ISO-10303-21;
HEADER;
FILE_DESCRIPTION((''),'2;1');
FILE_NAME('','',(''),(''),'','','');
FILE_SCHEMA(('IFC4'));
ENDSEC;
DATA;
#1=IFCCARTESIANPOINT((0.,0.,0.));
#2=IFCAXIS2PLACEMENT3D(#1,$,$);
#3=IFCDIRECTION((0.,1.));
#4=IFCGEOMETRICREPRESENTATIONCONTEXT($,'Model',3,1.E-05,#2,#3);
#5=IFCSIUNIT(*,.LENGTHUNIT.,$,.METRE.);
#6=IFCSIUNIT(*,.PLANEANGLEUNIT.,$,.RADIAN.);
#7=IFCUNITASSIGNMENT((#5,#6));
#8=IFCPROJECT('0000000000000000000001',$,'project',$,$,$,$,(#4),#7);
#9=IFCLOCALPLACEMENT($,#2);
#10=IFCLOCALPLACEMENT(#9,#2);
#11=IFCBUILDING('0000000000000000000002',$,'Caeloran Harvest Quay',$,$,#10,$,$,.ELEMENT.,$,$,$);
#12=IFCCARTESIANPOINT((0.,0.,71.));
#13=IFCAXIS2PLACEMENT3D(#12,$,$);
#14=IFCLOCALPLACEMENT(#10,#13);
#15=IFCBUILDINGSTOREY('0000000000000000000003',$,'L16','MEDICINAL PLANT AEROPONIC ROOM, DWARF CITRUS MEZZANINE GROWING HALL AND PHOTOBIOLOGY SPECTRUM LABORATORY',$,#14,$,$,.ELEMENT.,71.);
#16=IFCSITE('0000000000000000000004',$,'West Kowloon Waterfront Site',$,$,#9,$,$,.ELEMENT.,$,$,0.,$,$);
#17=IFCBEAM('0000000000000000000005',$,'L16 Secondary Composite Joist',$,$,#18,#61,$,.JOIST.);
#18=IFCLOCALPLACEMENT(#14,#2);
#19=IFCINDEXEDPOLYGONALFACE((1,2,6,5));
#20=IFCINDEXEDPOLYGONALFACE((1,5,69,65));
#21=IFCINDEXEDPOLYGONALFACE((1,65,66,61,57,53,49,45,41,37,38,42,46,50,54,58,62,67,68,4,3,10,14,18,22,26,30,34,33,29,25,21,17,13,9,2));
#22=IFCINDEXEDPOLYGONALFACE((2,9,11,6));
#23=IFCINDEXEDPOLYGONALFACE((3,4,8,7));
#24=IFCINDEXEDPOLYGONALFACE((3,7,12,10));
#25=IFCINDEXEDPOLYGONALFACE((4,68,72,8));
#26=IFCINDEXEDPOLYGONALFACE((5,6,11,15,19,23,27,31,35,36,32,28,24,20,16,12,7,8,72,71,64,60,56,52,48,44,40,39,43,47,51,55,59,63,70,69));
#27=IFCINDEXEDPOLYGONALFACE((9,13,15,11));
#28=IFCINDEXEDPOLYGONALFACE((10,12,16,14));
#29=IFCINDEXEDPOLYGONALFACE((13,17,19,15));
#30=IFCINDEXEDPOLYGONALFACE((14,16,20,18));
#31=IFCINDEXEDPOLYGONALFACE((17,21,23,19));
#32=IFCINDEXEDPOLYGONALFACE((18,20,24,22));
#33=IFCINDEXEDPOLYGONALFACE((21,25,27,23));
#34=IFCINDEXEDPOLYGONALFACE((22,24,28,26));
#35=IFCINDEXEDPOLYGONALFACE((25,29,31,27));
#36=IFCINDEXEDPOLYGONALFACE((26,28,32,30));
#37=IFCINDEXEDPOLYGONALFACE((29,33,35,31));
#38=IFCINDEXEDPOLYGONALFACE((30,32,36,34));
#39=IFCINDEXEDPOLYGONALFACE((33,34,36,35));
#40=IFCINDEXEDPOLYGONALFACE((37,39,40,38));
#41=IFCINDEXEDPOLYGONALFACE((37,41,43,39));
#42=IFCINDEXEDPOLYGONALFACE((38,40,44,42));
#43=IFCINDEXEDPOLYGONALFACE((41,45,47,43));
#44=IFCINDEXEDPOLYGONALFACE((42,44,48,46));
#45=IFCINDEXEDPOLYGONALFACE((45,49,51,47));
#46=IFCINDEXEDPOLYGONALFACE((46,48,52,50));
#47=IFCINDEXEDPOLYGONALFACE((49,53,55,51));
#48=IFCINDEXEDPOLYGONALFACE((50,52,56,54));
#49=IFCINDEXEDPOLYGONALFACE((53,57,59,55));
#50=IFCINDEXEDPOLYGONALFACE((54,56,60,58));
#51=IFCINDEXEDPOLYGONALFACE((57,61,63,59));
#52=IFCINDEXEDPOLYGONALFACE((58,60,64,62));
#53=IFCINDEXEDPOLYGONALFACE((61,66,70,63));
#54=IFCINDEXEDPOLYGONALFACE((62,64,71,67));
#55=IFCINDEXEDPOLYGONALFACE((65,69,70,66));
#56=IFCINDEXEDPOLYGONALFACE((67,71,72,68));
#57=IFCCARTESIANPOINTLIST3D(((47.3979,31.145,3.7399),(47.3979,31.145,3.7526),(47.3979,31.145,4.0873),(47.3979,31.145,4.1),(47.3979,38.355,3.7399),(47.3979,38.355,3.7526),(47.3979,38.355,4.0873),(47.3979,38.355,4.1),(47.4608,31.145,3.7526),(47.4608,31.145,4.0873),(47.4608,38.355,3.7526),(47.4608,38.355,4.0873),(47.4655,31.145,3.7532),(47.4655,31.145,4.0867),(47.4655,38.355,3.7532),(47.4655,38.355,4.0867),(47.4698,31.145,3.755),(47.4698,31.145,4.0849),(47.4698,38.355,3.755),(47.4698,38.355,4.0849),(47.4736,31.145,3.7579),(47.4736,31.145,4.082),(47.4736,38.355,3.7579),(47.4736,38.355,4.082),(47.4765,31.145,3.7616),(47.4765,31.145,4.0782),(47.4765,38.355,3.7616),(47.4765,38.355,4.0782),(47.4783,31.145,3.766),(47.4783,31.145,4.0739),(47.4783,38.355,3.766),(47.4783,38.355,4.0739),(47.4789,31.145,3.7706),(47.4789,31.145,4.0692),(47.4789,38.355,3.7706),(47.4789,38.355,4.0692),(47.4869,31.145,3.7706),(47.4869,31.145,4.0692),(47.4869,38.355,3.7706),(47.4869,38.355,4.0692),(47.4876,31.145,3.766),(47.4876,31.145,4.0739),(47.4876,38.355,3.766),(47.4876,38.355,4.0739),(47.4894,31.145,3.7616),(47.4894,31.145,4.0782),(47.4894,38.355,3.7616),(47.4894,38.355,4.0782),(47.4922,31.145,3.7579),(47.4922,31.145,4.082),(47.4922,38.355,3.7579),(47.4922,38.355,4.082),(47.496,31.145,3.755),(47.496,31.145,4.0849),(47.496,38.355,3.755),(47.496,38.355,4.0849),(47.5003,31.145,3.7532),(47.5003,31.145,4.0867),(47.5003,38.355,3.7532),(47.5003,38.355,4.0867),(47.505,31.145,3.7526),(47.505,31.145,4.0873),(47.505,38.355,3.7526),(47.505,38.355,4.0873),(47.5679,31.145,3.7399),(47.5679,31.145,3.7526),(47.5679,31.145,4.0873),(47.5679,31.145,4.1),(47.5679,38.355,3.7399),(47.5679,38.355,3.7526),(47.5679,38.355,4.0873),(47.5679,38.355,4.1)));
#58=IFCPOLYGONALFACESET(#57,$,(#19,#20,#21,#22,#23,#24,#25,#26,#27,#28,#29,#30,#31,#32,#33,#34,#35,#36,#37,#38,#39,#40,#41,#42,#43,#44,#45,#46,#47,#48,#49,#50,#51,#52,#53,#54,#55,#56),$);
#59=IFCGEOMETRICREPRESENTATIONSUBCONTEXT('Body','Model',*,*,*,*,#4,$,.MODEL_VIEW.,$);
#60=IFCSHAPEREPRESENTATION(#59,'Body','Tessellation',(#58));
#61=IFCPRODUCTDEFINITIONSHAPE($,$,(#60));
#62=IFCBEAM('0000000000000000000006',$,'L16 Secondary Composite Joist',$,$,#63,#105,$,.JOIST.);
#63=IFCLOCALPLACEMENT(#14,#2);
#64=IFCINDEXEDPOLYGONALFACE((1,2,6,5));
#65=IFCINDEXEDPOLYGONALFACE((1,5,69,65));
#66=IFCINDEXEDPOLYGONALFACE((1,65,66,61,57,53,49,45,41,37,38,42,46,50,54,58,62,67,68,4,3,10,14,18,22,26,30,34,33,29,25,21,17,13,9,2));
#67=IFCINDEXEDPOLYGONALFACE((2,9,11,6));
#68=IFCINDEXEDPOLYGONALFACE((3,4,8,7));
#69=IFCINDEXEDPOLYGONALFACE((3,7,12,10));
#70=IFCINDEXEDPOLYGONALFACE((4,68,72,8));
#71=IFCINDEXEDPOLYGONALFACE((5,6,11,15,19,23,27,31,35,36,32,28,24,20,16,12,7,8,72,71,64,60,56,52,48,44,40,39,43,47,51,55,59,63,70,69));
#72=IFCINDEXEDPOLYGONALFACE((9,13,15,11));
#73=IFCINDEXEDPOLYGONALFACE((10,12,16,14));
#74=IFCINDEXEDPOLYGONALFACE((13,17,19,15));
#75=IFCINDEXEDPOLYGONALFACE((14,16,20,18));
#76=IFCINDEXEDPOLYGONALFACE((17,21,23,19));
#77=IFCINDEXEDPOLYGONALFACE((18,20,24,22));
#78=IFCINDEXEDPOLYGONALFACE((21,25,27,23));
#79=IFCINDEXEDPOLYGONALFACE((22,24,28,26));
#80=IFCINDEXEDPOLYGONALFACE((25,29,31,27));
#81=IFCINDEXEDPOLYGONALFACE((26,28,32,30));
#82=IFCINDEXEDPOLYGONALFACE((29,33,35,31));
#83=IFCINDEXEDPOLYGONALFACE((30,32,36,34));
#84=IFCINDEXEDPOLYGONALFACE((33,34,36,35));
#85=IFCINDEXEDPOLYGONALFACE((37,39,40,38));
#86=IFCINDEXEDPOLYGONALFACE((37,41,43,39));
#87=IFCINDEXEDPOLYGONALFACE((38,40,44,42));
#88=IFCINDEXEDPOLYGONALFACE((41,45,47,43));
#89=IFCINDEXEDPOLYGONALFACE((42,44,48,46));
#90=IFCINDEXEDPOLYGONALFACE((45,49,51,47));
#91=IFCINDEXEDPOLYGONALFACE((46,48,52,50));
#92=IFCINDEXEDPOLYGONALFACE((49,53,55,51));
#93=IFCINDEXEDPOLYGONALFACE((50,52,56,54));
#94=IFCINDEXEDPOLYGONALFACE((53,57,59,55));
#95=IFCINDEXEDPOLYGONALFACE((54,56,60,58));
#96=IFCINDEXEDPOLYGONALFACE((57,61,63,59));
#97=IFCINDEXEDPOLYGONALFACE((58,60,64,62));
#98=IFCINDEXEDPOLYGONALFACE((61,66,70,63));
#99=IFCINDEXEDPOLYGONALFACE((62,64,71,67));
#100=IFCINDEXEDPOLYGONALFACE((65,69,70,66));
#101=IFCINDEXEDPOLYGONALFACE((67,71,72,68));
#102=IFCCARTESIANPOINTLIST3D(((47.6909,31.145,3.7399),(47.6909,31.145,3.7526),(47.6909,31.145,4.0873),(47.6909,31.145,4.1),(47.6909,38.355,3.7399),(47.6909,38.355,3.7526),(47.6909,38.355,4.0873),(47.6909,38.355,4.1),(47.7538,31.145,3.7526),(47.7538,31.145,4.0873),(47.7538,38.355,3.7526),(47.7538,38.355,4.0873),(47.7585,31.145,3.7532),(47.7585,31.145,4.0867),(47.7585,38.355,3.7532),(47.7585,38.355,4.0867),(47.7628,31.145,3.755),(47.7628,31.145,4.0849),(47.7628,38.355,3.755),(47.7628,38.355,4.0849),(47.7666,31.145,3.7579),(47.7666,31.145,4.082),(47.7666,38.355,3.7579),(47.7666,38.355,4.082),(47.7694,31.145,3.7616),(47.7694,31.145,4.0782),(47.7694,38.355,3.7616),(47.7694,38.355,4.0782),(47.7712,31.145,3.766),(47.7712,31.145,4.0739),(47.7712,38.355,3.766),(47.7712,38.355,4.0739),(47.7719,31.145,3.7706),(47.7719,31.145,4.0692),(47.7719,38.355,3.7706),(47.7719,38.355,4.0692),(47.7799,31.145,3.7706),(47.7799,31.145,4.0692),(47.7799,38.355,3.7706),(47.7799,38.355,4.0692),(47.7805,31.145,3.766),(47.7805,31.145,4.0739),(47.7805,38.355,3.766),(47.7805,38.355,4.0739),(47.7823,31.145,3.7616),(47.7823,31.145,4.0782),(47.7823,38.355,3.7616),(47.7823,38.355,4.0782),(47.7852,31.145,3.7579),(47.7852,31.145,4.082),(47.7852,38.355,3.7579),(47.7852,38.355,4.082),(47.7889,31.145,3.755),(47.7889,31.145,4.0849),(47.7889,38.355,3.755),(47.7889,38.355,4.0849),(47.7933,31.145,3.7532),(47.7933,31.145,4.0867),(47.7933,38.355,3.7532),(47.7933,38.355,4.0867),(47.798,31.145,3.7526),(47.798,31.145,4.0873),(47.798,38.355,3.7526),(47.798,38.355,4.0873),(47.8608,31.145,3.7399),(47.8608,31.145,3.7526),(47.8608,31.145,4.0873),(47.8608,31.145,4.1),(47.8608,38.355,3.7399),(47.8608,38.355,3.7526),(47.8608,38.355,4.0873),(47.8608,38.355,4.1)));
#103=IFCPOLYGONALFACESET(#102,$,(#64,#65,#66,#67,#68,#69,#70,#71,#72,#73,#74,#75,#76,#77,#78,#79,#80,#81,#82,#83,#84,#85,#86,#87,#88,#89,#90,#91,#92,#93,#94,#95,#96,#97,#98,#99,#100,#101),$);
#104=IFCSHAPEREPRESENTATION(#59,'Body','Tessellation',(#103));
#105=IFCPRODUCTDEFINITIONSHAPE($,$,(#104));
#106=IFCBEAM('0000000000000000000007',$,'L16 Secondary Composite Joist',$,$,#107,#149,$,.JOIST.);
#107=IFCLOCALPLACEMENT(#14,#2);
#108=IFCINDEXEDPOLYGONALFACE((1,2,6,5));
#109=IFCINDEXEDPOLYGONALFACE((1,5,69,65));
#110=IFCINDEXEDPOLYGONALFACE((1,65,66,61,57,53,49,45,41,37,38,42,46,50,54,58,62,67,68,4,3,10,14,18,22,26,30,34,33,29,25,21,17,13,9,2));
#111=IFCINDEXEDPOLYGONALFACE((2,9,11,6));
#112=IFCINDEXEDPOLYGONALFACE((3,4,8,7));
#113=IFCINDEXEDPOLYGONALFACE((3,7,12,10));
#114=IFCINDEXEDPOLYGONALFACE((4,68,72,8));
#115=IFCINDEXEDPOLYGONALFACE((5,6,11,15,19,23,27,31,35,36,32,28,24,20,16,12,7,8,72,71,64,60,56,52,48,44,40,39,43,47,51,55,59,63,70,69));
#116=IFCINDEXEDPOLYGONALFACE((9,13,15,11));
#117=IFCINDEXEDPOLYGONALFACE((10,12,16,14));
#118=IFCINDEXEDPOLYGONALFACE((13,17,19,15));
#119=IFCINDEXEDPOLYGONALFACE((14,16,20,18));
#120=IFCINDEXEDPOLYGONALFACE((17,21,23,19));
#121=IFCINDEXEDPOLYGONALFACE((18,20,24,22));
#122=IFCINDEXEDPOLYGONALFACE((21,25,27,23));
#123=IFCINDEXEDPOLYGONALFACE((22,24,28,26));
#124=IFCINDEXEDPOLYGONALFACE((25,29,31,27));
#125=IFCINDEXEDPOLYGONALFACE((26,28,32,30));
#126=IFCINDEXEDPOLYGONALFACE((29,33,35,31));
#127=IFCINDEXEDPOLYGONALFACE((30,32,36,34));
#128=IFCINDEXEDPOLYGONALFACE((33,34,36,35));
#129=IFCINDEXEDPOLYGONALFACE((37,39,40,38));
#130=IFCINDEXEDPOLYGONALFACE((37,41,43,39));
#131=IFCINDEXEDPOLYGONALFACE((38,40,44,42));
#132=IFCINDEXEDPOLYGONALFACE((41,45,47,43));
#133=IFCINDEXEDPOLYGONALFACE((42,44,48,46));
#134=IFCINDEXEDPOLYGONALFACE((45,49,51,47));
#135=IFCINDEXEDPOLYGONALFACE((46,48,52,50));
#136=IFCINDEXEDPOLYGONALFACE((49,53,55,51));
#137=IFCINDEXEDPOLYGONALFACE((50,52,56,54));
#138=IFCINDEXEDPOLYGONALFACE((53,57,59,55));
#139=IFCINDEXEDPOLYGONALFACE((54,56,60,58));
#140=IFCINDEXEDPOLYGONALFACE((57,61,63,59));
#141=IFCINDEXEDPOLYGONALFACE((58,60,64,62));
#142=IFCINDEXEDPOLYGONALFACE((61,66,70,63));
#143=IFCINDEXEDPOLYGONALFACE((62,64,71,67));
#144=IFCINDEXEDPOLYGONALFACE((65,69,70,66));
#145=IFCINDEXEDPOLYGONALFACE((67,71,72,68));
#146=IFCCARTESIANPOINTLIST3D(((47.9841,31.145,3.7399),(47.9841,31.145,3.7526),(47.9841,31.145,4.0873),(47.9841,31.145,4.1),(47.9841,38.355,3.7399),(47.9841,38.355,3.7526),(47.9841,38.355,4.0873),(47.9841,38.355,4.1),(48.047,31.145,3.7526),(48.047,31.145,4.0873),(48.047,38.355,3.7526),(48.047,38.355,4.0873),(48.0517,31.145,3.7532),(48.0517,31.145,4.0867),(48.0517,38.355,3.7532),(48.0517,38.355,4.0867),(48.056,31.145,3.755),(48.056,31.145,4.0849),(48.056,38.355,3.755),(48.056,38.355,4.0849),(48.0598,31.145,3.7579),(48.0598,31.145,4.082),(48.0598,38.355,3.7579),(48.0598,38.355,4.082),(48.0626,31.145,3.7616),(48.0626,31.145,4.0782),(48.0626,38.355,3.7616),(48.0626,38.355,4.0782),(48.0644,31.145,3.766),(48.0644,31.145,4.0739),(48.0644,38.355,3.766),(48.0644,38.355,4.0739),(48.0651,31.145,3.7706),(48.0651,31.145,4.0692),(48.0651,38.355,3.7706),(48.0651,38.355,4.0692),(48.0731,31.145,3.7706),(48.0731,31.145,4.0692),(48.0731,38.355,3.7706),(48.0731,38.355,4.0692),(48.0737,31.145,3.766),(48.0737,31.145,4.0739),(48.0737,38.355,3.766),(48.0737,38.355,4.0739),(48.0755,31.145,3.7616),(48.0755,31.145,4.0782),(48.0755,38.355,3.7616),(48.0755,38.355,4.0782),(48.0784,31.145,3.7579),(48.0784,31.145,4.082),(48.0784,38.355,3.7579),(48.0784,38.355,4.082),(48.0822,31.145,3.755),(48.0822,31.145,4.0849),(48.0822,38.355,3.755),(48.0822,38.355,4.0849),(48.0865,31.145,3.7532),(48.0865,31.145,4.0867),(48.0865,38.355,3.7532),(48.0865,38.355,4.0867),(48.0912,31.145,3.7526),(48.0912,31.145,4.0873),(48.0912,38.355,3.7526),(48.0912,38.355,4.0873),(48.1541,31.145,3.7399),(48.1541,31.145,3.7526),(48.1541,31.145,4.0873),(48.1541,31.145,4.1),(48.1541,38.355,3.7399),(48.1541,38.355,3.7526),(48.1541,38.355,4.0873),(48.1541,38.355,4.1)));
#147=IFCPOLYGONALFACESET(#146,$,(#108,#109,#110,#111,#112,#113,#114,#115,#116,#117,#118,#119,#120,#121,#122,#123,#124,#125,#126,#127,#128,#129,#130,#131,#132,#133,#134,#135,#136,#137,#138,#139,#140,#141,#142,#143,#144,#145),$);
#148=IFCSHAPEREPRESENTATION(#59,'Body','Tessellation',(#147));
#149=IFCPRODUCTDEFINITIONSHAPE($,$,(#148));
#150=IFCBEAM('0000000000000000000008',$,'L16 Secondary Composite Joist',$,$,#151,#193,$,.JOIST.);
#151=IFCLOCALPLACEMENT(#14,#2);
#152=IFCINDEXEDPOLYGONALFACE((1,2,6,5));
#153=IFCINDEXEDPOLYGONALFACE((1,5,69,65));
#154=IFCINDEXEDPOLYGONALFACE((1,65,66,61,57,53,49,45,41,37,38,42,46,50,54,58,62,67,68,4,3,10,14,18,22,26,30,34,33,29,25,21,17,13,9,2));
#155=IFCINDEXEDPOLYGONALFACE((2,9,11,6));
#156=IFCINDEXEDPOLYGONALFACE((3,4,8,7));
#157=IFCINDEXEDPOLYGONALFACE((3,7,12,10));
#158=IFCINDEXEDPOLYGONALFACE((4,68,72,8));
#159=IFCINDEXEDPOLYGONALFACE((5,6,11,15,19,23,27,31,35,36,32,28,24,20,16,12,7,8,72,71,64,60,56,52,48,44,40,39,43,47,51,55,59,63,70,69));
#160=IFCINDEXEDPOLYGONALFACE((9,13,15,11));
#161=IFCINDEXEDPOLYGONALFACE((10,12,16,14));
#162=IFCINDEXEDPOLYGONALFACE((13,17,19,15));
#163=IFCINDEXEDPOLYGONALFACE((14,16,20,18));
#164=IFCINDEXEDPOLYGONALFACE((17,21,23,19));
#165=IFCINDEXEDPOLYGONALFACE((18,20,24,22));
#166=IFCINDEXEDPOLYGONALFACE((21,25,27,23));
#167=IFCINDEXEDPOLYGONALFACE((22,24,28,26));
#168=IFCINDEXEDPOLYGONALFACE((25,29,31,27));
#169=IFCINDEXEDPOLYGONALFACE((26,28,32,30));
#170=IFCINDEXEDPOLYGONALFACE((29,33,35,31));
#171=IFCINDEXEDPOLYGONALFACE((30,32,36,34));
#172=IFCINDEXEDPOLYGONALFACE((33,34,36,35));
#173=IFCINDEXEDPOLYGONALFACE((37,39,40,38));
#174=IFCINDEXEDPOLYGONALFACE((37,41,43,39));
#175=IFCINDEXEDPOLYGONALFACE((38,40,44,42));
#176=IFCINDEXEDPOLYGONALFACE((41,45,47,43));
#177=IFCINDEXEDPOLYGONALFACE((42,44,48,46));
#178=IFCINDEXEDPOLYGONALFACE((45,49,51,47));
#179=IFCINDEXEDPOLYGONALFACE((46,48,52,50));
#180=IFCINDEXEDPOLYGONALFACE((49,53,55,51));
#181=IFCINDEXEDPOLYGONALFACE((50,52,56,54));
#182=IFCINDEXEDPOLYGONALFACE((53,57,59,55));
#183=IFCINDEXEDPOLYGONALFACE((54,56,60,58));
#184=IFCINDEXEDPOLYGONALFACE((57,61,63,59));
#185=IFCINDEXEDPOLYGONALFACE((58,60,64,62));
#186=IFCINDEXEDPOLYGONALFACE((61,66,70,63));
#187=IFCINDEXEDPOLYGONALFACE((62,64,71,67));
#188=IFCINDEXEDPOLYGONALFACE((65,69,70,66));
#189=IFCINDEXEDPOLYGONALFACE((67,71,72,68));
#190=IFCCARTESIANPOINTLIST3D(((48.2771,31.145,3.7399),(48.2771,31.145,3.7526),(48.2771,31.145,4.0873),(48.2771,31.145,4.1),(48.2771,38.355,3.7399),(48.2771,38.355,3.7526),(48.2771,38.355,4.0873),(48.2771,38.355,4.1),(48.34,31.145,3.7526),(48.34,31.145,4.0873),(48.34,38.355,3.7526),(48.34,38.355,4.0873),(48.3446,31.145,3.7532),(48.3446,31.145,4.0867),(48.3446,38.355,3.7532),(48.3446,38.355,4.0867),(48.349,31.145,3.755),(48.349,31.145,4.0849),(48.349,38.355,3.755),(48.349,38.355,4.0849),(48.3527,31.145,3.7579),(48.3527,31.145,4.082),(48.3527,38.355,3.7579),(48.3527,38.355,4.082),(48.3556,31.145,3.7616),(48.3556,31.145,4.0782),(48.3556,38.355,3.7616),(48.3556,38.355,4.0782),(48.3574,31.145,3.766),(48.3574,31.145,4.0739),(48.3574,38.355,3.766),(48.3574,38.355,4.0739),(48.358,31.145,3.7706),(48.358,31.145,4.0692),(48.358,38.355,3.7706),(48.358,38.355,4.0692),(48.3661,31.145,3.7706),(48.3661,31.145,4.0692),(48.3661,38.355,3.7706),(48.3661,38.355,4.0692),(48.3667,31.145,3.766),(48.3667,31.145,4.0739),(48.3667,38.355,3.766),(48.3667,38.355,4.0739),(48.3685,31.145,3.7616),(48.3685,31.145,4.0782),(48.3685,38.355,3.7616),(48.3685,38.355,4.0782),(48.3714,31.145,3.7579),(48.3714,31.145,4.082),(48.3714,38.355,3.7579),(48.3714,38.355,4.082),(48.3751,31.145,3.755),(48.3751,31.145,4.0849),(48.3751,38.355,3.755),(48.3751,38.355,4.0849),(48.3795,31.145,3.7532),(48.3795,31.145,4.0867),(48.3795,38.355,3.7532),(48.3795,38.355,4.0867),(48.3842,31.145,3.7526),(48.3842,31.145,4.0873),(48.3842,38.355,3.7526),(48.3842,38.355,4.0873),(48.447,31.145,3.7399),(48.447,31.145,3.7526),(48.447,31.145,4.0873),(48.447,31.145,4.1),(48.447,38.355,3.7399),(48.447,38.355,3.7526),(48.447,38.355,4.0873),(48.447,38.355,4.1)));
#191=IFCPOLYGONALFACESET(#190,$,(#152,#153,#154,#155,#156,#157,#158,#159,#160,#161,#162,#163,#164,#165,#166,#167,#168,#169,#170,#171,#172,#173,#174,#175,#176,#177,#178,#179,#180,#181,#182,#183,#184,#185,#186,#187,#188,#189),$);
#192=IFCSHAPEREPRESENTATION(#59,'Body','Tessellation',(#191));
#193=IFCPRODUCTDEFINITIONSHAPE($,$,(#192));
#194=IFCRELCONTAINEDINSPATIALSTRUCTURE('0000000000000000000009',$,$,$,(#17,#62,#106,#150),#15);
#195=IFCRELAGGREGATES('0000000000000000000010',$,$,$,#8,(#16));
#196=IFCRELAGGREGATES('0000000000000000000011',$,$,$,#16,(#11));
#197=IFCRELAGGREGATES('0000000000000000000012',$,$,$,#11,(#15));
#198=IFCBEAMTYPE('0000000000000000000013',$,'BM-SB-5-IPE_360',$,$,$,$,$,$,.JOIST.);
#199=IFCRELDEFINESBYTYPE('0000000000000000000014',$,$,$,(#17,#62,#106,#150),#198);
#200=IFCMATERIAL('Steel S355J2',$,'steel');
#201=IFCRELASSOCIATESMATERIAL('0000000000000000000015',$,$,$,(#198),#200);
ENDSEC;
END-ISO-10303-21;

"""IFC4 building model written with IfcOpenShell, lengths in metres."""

from ifc_helpers import new_model, si_unit, direction, frame, origin, origin_2d, place, context, subcontext, project, spatial, i_section, extrude, material, material_profile, profile_set, type_object, element, save


model = new_model("IFC4")

# Units and contexts
model_context = context("Model", 3, precision=1e-05, world=origin(), true_north=direction((0.0, 1.0)))
body_context = subcontext(model_context, "Body", "Model", "MODEL_VIEW")
ifc_project = project(units=[si_unit("LENGTHUNIT", "METRE"), si_unit("PLANEANGLEUNIT", "RADIAN")], contexts=[model_context])

# Site, building, storey
site_placement = place(None, origin())
site = spatial("IfcSite", under=ifc_project, at=site_placement, Name="West Kowloon Waterfront Site", CompositionType="ELEMENT", RefElevation=0.0)
building_placement = place(site_placement, origin())
building = spatial("IfcBuilding", under=site, at=building_placement, Name="Caeloran Harvest Quay", CompositionType="ELEMENT")
storey_placement = place(building_placement, frame((0.0, 0.0, 71.0)))
storey = spatial("IfcBuildingStorey", under=building, at=storey_placement, Name="L16", Description="MEDICINAL PLANT AEROPONIC ROOM, DWARF CITRUS MEZZANINE GROWING HALL AND PHOTOBIOLOGY SPECTRUM LABORATORY", CompositionType="ELEMENT", Elevation=71.0)

# Beams
ifc_material_1 = material(Name="Steel S355J2", Category="steel")
ifc_material_profile_1 = material_profile(ifc_material_1, i_section(OverallWidth=0.1699, OverallDepth=0.3601, WebThickness=0.0081, FlangeThickness=0.0127, FilletRadius=0.0181, at=origin_2d()), Name="IPE 360")
ifc_profile_set_1 = profile_set([ifc_material_profile_1], Name="Steel S355J2")
beam_type_1 = type_object("IfcBeamType", Name="BM-SB-5-IPE_360", PredefinedType="JOIST", material=ifc_profile_set_1)
for number, where, z_axis, x_axis, name in (
    (1, (47.4829, 31.145, 3.9199), (0.0, 1.0, 0.0), (-1.0, 0.0, 0.0), "L16 Secondary Composite Joist"),
    (2, (47.7759, 31.145, 3.9199), (0.0, 1.0, 0.0), (-1.0, 0.0, 0.0), "L16 Secondary Composite Joist"),
    (3, (48.0691, 31.145, 3.9199), (0.0, 1.0, 0.0), (-1.0, 0.0, 0.0), "L16 Secondary Composite Joist"),
    (4, (48.3621, 31.145, 3.9199), (0.0, 1.0, 0.0), (-1.0, 0.0, 0.0), "L16 Secondary Composite Joist"),
):
    element("IfcBeam", number, at=place(storey_placement, frame(where, z_axis=z_axis, x_axis=x_axis)), inside=storey, type_object=beam_type_1, Name=name, PredefinedType="JOIST", context=body_context, shape_type="SweptSolid", body=[
        extrude(i_section(OverallWidth=0.1699, OverallDepth=0.3601, WebThickness=0.0081, FlangeThickness=0.0127, FilletRadius=0.0181, at=origin_2d()), origin(), (0.0, 0.0, 1.0), 7.21),
    ])

save(model, "model.ifc")
